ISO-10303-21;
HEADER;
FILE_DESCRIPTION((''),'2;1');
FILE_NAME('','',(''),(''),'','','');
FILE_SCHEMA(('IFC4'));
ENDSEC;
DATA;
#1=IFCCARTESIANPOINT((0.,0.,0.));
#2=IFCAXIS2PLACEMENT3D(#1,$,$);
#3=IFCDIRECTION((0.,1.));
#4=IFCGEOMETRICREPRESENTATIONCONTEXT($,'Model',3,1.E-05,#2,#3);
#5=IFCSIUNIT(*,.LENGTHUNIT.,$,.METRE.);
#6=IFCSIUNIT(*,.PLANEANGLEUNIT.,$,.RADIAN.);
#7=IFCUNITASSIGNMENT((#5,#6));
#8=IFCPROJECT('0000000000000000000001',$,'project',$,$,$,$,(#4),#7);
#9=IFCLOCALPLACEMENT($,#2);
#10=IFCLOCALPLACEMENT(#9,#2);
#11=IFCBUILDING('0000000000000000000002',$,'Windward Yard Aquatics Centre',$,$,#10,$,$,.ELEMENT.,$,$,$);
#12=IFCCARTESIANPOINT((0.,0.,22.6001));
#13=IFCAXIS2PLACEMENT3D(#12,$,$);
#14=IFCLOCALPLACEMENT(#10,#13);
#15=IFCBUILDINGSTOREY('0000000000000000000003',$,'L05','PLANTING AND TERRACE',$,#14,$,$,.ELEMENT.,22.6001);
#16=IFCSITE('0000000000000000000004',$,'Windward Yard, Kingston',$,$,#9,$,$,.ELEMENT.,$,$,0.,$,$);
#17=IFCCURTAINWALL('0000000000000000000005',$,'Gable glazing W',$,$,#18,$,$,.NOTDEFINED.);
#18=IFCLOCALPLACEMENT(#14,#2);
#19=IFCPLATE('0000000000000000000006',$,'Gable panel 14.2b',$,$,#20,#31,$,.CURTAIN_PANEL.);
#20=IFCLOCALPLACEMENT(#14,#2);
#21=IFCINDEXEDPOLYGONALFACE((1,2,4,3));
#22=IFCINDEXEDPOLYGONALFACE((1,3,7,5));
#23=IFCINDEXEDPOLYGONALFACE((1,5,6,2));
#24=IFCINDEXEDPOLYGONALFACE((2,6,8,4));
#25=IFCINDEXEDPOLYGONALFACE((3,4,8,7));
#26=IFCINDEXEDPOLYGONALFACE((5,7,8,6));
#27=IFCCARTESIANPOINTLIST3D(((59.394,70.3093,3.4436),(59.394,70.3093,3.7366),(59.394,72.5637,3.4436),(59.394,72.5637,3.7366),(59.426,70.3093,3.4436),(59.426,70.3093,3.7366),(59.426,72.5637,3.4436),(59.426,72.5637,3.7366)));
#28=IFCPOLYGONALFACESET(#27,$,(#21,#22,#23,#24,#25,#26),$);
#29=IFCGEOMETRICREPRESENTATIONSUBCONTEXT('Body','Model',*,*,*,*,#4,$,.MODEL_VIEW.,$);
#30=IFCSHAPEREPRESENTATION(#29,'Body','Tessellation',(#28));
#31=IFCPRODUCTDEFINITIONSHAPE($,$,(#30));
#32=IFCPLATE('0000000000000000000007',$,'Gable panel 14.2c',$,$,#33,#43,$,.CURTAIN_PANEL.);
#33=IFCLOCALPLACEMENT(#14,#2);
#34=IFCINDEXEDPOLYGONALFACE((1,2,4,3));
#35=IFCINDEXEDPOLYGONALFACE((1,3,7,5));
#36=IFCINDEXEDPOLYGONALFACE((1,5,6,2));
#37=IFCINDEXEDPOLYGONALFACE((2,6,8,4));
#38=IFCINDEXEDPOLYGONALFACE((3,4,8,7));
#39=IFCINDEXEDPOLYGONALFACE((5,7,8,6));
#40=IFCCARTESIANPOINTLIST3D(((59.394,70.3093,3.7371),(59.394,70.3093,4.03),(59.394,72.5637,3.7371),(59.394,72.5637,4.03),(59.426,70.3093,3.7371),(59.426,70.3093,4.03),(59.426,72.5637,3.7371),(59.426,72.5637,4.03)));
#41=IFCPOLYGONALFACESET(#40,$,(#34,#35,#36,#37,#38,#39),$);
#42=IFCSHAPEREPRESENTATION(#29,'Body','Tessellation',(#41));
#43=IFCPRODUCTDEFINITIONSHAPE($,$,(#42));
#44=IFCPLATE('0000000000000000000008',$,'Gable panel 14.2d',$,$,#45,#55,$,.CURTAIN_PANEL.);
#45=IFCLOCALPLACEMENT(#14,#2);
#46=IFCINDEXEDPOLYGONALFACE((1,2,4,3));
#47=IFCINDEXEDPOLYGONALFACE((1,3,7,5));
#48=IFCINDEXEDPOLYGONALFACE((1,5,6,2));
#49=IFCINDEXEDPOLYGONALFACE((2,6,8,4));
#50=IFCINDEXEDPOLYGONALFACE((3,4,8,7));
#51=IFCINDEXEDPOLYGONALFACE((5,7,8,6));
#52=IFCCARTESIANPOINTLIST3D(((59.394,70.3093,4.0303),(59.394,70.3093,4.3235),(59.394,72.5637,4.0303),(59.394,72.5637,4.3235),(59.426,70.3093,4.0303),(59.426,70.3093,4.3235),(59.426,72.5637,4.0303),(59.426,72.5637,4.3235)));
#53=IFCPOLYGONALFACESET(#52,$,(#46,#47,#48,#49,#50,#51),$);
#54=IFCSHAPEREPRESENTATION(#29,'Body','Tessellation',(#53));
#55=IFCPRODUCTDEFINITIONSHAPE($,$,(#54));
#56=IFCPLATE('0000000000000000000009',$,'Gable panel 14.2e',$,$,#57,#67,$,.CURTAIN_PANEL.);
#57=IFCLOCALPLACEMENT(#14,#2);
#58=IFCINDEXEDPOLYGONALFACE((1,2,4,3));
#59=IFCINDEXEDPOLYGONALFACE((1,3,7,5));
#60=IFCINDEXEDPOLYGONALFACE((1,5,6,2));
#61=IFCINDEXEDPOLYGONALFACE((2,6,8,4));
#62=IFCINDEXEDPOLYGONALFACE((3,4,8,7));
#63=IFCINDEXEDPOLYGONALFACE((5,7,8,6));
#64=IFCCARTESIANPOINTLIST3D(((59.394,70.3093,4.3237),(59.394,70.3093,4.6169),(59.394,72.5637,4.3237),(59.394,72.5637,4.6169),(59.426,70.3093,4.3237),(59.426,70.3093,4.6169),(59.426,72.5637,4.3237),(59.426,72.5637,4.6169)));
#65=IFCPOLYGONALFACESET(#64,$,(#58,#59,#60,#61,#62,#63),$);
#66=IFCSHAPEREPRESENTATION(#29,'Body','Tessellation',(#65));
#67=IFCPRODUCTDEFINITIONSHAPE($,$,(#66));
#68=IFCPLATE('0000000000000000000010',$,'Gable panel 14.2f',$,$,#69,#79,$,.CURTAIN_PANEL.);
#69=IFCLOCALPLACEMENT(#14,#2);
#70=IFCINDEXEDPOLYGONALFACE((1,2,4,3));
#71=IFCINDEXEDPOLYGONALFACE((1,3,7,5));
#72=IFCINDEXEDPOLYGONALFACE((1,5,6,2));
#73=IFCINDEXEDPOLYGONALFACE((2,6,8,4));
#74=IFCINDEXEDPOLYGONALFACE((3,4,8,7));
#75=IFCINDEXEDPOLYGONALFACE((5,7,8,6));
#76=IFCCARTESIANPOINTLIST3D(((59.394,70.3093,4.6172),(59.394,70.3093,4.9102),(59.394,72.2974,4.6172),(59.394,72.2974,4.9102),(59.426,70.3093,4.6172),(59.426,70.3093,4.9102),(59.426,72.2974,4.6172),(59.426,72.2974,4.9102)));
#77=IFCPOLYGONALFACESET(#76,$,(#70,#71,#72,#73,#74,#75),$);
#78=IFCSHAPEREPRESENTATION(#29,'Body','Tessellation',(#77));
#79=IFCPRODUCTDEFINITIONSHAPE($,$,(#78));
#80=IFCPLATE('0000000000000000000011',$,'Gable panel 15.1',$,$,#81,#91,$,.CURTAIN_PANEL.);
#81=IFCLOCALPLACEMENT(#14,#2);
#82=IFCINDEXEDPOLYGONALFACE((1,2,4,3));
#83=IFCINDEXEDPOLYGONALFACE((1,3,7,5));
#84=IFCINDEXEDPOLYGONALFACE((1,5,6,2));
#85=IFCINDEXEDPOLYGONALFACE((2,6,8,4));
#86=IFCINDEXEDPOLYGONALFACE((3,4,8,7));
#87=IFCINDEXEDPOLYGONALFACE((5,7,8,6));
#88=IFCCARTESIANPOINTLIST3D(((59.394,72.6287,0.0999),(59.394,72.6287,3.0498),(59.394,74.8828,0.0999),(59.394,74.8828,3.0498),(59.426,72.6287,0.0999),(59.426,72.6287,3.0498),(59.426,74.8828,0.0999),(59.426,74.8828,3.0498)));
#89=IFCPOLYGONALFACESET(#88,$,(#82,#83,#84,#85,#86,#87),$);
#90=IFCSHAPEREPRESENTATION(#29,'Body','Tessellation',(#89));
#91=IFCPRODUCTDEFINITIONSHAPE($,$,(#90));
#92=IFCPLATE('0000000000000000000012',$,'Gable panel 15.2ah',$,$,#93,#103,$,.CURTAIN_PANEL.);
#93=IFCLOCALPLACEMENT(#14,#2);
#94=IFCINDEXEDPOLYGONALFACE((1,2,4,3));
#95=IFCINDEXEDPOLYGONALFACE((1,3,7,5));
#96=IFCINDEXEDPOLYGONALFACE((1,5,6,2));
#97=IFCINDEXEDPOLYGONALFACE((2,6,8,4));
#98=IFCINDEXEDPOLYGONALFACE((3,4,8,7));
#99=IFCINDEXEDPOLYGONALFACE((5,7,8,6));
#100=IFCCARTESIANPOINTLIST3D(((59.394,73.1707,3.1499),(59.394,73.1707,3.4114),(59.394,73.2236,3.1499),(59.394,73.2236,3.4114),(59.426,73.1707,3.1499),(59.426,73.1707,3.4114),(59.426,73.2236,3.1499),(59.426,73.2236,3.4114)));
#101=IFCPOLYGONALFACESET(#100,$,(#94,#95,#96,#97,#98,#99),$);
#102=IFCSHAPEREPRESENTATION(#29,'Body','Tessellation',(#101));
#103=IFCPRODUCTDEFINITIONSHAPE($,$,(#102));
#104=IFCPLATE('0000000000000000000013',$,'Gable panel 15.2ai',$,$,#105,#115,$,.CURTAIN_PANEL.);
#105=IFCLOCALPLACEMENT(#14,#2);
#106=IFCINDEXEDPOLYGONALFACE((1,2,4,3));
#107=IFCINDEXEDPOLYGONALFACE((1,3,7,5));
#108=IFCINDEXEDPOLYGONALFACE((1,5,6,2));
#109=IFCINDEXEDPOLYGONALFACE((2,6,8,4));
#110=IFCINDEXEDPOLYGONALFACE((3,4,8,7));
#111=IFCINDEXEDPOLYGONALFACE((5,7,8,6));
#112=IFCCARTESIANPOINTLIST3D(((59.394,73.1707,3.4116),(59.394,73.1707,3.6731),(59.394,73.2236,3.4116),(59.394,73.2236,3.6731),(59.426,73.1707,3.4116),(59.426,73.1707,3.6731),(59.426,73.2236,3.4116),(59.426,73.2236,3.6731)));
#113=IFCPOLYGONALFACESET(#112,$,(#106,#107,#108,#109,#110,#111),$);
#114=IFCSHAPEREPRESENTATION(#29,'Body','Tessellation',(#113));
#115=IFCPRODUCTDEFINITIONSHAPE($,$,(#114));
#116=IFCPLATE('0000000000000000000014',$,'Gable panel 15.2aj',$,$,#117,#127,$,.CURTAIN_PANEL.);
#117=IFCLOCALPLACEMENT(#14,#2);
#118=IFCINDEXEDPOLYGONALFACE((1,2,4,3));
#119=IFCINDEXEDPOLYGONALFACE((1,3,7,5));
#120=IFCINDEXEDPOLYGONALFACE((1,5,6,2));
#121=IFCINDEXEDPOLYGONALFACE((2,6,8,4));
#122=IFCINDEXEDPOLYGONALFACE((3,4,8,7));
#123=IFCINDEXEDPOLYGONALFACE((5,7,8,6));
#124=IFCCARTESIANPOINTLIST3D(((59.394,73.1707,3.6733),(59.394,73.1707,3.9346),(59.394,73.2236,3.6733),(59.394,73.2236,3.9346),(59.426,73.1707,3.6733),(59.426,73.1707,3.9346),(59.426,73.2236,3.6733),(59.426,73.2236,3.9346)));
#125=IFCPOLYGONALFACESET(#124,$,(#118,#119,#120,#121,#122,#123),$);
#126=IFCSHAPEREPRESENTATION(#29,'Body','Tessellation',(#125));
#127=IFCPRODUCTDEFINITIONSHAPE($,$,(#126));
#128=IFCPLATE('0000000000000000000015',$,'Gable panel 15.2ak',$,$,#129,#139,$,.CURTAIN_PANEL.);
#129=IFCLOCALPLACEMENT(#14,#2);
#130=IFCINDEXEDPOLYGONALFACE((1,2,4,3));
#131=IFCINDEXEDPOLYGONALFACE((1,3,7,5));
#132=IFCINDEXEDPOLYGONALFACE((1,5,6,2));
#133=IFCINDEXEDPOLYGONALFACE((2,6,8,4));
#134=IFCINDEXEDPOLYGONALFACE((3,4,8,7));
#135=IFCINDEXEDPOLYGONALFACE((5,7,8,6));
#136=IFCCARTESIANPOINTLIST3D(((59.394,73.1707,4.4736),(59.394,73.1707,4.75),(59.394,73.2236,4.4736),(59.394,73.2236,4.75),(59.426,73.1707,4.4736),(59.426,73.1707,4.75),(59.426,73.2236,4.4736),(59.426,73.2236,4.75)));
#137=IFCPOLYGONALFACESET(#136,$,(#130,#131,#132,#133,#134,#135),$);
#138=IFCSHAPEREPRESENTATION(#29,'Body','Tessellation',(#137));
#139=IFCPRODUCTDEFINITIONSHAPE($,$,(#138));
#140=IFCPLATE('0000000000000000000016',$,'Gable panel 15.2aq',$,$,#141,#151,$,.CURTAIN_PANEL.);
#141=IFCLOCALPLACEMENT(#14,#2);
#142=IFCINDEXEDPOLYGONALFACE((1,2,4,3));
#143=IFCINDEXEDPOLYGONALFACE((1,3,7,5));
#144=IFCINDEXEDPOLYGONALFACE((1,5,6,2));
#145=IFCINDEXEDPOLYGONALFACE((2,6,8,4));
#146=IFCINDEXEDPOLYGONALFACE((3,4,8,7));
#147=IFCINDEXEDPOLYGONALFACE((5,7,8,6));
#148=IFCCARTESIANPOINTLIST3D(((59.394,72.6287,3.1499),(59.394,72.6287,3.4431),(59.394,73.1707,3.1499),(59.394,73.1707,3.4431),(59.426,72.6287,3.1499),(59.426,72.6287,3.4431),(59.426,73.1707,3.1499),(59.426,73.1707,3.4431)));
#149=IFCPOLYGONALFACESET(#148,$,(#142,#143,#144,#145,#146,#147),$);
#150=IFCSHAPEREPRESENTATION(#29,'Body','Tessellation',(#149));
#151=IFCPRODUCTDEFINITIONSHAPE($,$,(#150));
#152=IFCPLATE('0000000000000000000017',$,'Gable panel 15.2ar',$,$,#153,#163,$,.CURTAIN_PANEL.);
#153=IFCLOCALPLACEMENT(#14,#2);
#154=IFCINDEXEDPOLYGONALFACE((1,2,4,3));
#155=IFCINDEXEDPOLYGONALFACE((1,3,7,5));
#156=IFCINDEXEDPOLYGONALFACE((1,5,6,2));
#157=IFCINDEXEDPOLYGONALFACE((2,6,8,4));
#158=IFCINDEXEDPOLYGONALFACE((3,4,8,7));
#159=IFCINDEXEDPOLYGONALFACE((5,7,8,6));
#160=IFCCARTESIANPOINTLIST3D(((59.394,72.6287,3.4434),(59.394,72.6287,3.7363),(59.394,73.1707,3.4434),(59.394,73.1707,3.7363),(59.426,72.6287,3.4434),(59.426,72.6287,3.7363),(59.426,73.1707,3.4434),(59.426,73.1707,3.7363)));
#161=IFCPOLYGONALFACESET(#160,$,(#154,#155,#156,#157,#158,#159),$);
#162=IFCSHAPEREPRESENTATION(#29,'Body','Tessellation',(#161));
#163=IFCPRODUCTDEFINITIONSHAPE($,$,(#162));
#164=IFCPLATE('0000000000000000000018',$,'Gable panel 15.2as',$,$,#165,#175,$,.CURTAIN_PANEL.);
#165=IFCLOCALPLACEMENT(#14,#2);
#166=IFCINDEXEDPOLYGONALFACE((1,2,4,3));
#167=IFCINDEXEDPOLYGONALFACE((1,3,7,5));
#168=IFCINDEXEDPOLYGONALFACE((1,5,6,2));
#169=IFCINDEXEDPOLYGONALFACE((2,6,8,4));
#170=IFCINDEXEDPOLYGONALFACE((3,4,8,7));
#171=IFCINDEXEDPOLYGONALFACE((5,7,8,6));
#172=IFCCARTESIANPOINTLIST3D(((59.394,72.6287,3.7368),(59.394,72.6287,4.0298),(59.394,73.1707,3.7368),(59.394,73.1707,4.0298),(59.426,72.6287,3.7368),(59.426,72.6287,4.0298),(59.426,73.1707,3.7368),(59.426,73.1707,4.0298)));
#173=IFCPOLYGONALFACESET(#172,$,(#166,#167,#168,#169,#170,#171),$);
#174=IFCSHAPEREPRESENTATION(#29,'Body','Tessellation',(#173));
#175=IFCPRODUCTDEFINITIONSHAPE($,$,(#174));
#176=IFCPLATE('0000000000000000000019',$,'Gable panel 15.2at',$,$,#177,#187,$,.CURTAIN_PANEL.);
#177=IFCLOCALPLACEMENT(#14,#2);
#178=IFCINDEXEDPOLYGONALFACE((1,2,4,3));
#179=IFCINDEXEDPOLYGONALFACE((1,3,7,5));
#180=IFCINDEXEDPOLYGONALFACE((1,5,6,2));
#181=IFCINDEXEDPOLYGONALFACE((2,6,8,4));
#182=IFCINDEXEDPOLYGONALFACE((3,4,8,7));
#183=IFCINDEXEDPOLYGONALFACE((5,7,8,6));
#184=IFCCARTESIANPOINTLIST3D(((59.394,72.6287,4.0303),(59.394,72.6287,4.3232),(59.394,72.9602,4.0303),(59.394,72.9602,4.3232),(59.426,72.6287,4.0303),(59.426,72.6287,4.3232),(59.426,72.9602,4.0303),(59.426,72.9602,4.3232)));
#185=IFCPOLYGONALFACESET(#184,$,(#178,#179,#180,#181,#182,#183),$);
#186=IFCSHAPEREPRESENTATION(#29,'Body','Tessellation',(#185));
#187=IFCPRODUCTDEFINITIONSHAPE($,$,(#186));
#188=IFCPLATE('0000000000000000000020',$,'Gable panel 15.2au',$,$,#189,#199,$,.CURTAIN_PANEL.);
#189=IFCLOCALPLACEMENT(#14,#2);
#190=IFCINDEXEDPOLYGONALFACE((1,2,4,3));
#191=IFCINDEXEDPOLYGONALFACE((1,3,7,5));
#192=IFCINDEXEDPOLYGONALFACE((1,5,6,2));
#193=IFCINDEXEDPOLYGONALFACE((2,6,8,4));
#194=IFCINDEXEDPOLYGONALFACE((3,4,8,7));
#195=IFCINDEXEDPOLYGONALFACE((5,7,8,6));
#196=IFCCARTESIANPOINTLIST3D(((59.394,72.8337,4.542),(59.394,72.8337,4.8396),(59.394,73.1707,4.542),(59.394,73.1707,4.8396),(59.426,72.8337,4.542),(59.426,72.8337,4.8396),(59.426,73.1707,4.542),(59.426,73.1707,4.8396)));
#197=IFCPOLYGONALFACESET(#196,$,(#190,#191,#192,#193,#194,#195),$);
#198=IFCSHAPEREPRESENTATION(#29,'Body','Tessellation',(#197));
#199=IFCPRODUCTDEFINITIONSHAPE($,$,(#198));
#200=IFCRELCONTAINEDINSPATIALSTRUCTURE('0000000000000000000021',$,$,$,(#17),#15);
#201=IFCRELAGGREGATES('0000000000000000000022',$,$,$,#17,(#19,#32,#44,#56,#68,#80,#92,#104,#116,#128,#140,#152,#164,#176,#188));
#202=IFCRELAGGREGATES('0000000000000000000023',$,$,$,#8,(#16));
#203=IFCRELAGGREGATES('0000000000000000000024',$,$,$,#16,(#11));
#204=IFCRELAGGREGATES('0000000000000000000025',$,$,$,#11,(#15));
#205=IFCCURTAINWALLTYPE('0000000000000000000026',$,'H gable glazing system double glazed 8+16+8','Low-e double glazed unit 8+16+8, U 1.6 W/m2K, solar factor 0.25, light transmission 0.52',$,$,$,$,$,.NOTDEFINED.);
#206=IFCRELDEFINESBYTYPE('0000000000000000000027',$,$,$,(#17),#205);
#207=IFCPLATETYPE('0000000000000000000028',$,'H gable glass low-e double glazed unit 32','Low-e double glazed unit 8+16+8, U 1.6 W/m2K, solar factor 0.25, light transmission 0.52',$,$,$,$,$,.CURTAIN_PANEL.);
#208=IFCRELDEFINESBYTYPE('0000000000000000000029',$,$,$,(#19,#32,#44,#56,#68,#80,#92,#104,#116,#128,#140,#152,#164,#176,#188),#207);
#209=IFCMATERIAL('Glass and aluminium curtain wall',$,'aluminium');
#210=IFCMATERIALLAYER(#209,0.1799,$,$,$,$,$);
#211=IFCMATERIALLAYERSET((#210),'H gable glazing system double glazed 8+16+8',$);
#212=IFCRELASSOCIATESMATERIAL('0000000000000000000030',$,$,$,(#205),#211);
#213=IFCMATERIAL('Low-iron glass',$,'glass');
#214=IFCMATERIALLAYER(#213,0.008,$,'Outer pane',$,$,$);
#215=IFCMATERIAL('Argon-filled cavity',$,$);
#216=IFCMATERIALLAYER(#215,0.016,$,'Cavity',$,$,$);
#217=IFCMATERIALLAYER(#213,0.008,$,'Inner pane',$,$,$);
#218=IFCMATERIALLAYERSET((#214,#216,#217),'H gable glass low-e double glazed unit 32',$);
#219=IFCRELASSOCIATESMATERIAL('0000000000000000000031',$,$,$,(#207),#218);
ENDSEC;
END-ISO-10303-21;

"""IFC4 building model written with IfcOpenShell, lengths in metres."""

from ifc_helpers import new_model, si_unit, direction, frame, origin, place, context, subcontext, project, spatial, polyline, outline, extrude, material, layer, layer_set, type_object, element, aggregate, save


model = new_model("IFC4")

# Units and contexts
model_context = context("Model", 3, precision=1e-05, world=origin(), true_north=direction((0.0, 1.0)))
body_context = subcontext(model_context, "Body", "Model", "MODEL_VIEW")
ifc_project = project(units=[si_unit("LENGTHUNIT", "METRE"), si_unit("PLANEANGLEUNIT", "RADIAN")], contexts=[model_context])

# Site, building, storey
site_placement = place(None, origin())
site = spatial("IfcSite", under=ifc_project, at=site_placement, Name="Windward Yard, Kingston", CompositionType="ELEMENT", RefElevation=0.0)
building_placement = place(site_placement, origin())
building = spatial("IfcBuilding", under=site, at=building_placement, Name="Windward Yard Aquatics Centre", CompositionType="ELEMENT")
storey_placement = place(building_placement, frame((0.0, 0.0, 22.6001)))
storey = spatial("IfcBuildingStorey", under=building, at=storey_placement, Name="L05", Description="PLANTING AND TERRACE", CompositionType="ELEMENT", Elevation=22.6001)

# Curtain wall
ifc_material_1 = material(Name="Glass and aluminium curtain wall", Category="aluminium")
ifc_layer_1 = layer(ifc_material_1, 0.1799)
ifc_layer_set_1 = layer_set([ifc_layer_1], Name="H gable glazing system double glazed 8+16+8")
curtain_wall_type = type_object("IfcCurtainWallType", Name="H gable glazing system double glazed 8+16+8", Description="Low-e double glazed unit 8+16+8, U 1.6 W/m2K, solar factor 0.25, light transmission 0.52", PredefinedType="NOTDEFINED", material=ifc_layer_set_1)
curtain_wall_placement = place(storey_placement, origin())
curtain_wall = element("IfcCurtainWall", 1, at=curtain_wall_placement, inside=storey, type_object=curtain_wall_type, Name="Gable glazing W", PredefinedType="NOTDEFINED")

# Plates
ifc_material_2 = material(Name="Low-iron glass", Category="glass")
ifc_layer_2 = layer(ifc_material_2, 0.008, Name="Outer pane")
ifc_material_3 = material(Name="Argon-filled cavity")
ifc_layer_3 = layer(ifc_material_3, 0.016, Name="Cavity")
ifc_layer_4 = layer(ifc_material_2, 0.008, Name="Inner pane")
ifc_layer_set_2 = layer_set([ifc_layer_2, ifc_layer_3, ifc_layer_4], Name="H gable glass low-e double glazed unit 32")
plate_type = type_object("IfcPlateType", Name="H gable glass low-e double glazed unit 32", Description="Low-e double glazed unit 8+16+8, U 1.6 W/m2K, solar factor 0.25, light transmission 0.52", PredefinedType="CURTAIN_PANEL", material=ifc_layer_set_2)
plate_1_placement = place(storey_placement, frame((59.426, 70.3093, 3.4436), z_axis=(1.0, 0.0, 0.0), x_axis=(0.0, 1.0, 0.0)))
plate_1 = element("IfcPlate", 2, at=plate_1_placement, type_object=plate_type, Name="Gable panel 14.2b", PredefinedType="CURTAIN_PANEL", context=body_context, shape_type="SweptSolid", body=[
    extrude(outline(polyline([(0.0, 0.0), (2.2544, 0.0), (2.2544, 0.293), (0.0, 0.293), (0.0, 0.0)])), origin(), (0.0, 0.0, -1.0), 0.032),
])
plate_2_placement = place(storey_placement, frame((59.426, 70.3093, 3.7371), z_axis=(1.0, 0.0, 0.0), x_axis=(0.0, 1.0, 0.0)))
plate_2 = element("IfcPlate", 3, at=plate_2_placement, type_object=plate_type, Name="Gable panel 14.2c", PredefinedType="CURTAIN_PANEL", context=body_context, shape_type="SweptSolid", body=[
    extrude(outline(polyline([(0.0, 0.0), (2.2544, 0.0), (2.2544, 0.293), (0.0, 0.293), (0.0, 0.0)])), origin(), (0.0, 0.0, -1.0), 0.032),
])
plate_3_placement = place(storey_placement, frame((59.426, 70.3093, 4.0303), z_axis=(1.0, 0.0, 0.0), x_axis=(0.0, 1.0, 0.0)))
plate_3 = element("IfcPlate", 4, at=plate_3_placement, type_object=plate_type, Name="Gable panel 14.2d", PredefinedType="CURTAIN_PANEL", context=body_context, shape_type="SweptSolid", body=[
    extrude(outline(polyline([(0.0, 0.0), (2.2544, 0.0), (2.2544, 0.2932), (0.0, 0.2932), (0.0, 0.0)])), origin(), (0.0, 0.0, -1.0), 0.032),
])
plate_4_placement = place(storey_placement, frame((59.426, 70.3093, 4.3237), z_axis=(1.0, 0.0, 0.0), x_axis=(0.0, 1.0, 0.0)))
plate_4 = element("IfcPlate", 5, at=plate_4_placement, type_object=plate_type, Name="Gable panel 14.2e", PredefinedType="CURTAIN_PANEL", context=body_context, shape_type="SweptSolid", body=[
    extrude(outline(polyline([(0.0, 0.0), (2.2544, 0.0), (2.2544, 0.2932), (0.0, 0.2932), (0.0, 0.0)])), origin(), (0.0, 0.0, -1.0), 0.032),
])
plate_5_placement = place(storey_placement, frame((59.426, 70.3093, 4.6172), z_axis=(1.0, 0.0, 0.0), x_axis=(0.0, 1.0, 0.0)))
plate_5 = element("IfcPlate", 6, at=plate_5_placement, type_object=plate_type, Name="Gable panel 14.2f", PredefinedType="CURTAIN_PANEL", context=body_context, shape_type="SweptSolid", body=[
    extrude(outline(polyline([(0.0, 0.0), (1.988, 0.0), (1.988, 0.293), (0.0, 0.293), (0.0, 0.0)])), origin(), (0.0, 0.0, -1.0), 0.032),
])
plate_6_placement = place(storey_placement, frame((59.394, 72.6287, 0.0999), z_axis=(-1.0, 0.0, 0.0), x_axis=(0.0, 0.0, 1.0)))
plate_6 = element("IfcPlate", 7, at=plate_6_placement, type_object=plate_type, Name="Gable panel 15.1", PredefinedType="CURTAIN_PANEL", context=body_context, shape_type="SweptSolid", body=[
    extrude(outline(polyline([(0.0, 0.0), (2.95, 0.0), (2.95, 2.2542), (0.0, 2.2542), (0.0, 0.0)])), origin(), (0.0, 0.0, -1.0), 0.032),
])
plate_7_placement = place(storey_placement, frame((59.426, 73.1707, 3.1499), z_axis=(1.0, 0.0, 0.0), x_axis=(0.0, 1.0, 0.0)))
plate_7 = element("IfcPlate", 8, at=plate_7_placement, type_object=plate_type, Name="Gable panel 15.2ah", PredefinedType="CURTAIN_PANEL", context=body_context, shape_type="SweptSolid", body=[
    extrude(outline(polyline([(0.0, 0.0), (0.053, 0.0), (0.053, 0.2615), (0.0, 0.2615), (0.0, 0.0)])), origin(), (0.0, 0.0, -1.0), 0.032),
])
plate_8_placement = place(storey_placement, frame((59.426, 73.1707, 3.4116), z_axis=(1.0, 0.0, 0.0), x_axis=(0.0, 1.0, 0.0)))
plate_8 = element("IfcPlate", 9, at=plate_8_placement, type_object=plate_type, Name="Gable panel 15.2ai", PredefinedType="CURTAIN_PANEL", context=body_context, shape_type="SweptSolid", body=[
    extrude(outline(polyline([(0.0, 0.0), (0.053, 0.0), (0.053, 0.2615), (0.0, 0.2615), (0.0, 0.0)])), origin(), (0.0, 0.0, -1.0), 0.032),
])
plate_9_placement = place(storey_placement, frame((59.426, 73.1707, 3.6733), z_axis=(1.0, 0.0, 0.0), x_axis=(0.0, 1.0, 0.0)))
plate_9 = element("IfcPlate", 10, at=plate_9_placement, type_object=plate_type, Name="Gable panel 15.2aj", PredefinedType="CURTAIN_PANEL", context=body_context, shape_type="SweptSolid", body=[
    extrude(outline(polyline([(0.0, 0.0), (0.053, 0.0), (0.053, 0.2612), (0.0, 0.2612), (0.0, 0.0)])), origin(), (0.0, 0.0, -1.0), 0.032),
])
plate_10_placement = place(storey_placement, frame((59.426, 73.1707, 4.4736), z_axis=(1.0, 0.0, 0.0), x_axis=(0.0, 1.0, 0.0)))
plate_10 = element("IfcPlate", 11, at=plate_10_placement, type_object=plate_type, Name="Gable panel 15.2ak", PredefinedType="CURTAIN_PANEL", context=body_context, shape_type="SweptSolid", body=[
    extrude(outline(polyline([(0.0, 0.0), (0.053, 0.0), (0.053, 0.2764), (0.0, 0.2764), (0.0, 0.0)])), origin(), (0.0, 0.0, -1.0), 0.032),
])
plate_11_placement = place(storey_placement, frame((59.426, 72.6287, 3.1499), z_axis=(1.0, 0.0, 0.0), x_axis=(0.0, 1.0, 0.0)))
plate_11 = element("IfcPlate", 12, at=plate_11_placement, type_object=plate_type, Name="Gable panel 15.2aq", PredefinedType="CURTAIN_PANEL", context=body_context, shape_type="SweptSolid", body=[
    extrude(outline(polyline([(0.0, 0.0), (0.542, 0.0), (0.542, 0.2932), (0.0, 0.2932), (0.0, 0.0)])), origin(), (0.0, 0.0, -1.0), 0.032),
])
plate_12_placement = place(storey_placement, frame((59.426, 72.6287, 3.4434), z_axis=(1.0, 0.0, 0.0), x_axis=(0.0, 1.0, 0.0)))
plate_12 = element("IfcPlate", 13, at=plate_12_placement, type_object=plate_type, Name="Gable panel 15.2ar", PredefinedType="CURTAIN_PANEL", context=body_context, shape_type="SweptSolid", body=[
    extrude(outline(polyline([(0.0, 0.0), (0.542, 0.0), (0.542, 0.293), (0.0, 0.293), (0.0, 0.0)])), origin(), (0.0, 0.0, -1.0), 0.032),
])
plate_13_placement = place(storey_placement, frame((59.426, 72.6287, 3.7368), z_axis=(1.0, 0.0, 0.0), x_axis=(0.0, 1.0, 0.0)))
plate_13 = element("IfcPlate", 14, at=plate_13_placement, type_object=plate_type, Name="Gable panel 15.2as", PredefinedType="CURTAIN_PANEL", context=body_context, shape_type="SweptSolid", body=[
    extrude(outline(polyline([(0.0, 0.0), (0.542, 0.0), (0.542, 0.293), (0.0, 0.293), (0.0, 0.0)])), origin(), (0.0, 0.0, -1.0), 0.032),
])
plate_14_placement = place(storey_placement, frame((59.426, 72.6287, 4.0303), z_axis=(1.0, 0.0, 0.0), x_axis=(0.0, 1.0, 0.0)))
plate_14 = element("IfcPlate", 15, at=plate_14_placement, type_object=plate_type, Name="Gable panel 15.2at", PredefinedType="CURTAIN_PANEL", context=body_context, shape_type="SweptSolid", body=[
    extrude(outline(polyline([(0.0, 0.0), (0.3315, 0.0), (0.3315, 0.293), (0.0, 0.293), (0.0, 0.0)])), origin(), (0.0, 0.0, -1.0), 0.032),
])
plate_15_placement = place(storey_placement, frame((59.426, 72.8337, 4.542), z_axis=(1.0, 0.0, 0.0), x_axis=(0.0, 1.0, 0.0)))
plate_15 = element("IfcPlate", 16, at=plate_15_placement, type_object=plate_type, Name="Gable panel 15.2au", PredefinedType="CURTAIN_PANEL", context=body_context, shape_type="SweptSolid", body=[
    extrude(outline(polyline([(0.0, 0.0), (0.3369, 0.0), (0.3369, 0.2976), (0.0, 0.2976), (0.0, 0.0)])), origin(), (0.0, 0.0, -1.0), 0.032),
])
aggregate(curtain_wall, [plate_1, plate_2, plate_3, plate_4, plate_5, plate_6, plate_7, plate_8, plate_9, plate_10, plate_11, plate_12, plate_13, plate_14, plate_15])

save(model, "model.ifc")
